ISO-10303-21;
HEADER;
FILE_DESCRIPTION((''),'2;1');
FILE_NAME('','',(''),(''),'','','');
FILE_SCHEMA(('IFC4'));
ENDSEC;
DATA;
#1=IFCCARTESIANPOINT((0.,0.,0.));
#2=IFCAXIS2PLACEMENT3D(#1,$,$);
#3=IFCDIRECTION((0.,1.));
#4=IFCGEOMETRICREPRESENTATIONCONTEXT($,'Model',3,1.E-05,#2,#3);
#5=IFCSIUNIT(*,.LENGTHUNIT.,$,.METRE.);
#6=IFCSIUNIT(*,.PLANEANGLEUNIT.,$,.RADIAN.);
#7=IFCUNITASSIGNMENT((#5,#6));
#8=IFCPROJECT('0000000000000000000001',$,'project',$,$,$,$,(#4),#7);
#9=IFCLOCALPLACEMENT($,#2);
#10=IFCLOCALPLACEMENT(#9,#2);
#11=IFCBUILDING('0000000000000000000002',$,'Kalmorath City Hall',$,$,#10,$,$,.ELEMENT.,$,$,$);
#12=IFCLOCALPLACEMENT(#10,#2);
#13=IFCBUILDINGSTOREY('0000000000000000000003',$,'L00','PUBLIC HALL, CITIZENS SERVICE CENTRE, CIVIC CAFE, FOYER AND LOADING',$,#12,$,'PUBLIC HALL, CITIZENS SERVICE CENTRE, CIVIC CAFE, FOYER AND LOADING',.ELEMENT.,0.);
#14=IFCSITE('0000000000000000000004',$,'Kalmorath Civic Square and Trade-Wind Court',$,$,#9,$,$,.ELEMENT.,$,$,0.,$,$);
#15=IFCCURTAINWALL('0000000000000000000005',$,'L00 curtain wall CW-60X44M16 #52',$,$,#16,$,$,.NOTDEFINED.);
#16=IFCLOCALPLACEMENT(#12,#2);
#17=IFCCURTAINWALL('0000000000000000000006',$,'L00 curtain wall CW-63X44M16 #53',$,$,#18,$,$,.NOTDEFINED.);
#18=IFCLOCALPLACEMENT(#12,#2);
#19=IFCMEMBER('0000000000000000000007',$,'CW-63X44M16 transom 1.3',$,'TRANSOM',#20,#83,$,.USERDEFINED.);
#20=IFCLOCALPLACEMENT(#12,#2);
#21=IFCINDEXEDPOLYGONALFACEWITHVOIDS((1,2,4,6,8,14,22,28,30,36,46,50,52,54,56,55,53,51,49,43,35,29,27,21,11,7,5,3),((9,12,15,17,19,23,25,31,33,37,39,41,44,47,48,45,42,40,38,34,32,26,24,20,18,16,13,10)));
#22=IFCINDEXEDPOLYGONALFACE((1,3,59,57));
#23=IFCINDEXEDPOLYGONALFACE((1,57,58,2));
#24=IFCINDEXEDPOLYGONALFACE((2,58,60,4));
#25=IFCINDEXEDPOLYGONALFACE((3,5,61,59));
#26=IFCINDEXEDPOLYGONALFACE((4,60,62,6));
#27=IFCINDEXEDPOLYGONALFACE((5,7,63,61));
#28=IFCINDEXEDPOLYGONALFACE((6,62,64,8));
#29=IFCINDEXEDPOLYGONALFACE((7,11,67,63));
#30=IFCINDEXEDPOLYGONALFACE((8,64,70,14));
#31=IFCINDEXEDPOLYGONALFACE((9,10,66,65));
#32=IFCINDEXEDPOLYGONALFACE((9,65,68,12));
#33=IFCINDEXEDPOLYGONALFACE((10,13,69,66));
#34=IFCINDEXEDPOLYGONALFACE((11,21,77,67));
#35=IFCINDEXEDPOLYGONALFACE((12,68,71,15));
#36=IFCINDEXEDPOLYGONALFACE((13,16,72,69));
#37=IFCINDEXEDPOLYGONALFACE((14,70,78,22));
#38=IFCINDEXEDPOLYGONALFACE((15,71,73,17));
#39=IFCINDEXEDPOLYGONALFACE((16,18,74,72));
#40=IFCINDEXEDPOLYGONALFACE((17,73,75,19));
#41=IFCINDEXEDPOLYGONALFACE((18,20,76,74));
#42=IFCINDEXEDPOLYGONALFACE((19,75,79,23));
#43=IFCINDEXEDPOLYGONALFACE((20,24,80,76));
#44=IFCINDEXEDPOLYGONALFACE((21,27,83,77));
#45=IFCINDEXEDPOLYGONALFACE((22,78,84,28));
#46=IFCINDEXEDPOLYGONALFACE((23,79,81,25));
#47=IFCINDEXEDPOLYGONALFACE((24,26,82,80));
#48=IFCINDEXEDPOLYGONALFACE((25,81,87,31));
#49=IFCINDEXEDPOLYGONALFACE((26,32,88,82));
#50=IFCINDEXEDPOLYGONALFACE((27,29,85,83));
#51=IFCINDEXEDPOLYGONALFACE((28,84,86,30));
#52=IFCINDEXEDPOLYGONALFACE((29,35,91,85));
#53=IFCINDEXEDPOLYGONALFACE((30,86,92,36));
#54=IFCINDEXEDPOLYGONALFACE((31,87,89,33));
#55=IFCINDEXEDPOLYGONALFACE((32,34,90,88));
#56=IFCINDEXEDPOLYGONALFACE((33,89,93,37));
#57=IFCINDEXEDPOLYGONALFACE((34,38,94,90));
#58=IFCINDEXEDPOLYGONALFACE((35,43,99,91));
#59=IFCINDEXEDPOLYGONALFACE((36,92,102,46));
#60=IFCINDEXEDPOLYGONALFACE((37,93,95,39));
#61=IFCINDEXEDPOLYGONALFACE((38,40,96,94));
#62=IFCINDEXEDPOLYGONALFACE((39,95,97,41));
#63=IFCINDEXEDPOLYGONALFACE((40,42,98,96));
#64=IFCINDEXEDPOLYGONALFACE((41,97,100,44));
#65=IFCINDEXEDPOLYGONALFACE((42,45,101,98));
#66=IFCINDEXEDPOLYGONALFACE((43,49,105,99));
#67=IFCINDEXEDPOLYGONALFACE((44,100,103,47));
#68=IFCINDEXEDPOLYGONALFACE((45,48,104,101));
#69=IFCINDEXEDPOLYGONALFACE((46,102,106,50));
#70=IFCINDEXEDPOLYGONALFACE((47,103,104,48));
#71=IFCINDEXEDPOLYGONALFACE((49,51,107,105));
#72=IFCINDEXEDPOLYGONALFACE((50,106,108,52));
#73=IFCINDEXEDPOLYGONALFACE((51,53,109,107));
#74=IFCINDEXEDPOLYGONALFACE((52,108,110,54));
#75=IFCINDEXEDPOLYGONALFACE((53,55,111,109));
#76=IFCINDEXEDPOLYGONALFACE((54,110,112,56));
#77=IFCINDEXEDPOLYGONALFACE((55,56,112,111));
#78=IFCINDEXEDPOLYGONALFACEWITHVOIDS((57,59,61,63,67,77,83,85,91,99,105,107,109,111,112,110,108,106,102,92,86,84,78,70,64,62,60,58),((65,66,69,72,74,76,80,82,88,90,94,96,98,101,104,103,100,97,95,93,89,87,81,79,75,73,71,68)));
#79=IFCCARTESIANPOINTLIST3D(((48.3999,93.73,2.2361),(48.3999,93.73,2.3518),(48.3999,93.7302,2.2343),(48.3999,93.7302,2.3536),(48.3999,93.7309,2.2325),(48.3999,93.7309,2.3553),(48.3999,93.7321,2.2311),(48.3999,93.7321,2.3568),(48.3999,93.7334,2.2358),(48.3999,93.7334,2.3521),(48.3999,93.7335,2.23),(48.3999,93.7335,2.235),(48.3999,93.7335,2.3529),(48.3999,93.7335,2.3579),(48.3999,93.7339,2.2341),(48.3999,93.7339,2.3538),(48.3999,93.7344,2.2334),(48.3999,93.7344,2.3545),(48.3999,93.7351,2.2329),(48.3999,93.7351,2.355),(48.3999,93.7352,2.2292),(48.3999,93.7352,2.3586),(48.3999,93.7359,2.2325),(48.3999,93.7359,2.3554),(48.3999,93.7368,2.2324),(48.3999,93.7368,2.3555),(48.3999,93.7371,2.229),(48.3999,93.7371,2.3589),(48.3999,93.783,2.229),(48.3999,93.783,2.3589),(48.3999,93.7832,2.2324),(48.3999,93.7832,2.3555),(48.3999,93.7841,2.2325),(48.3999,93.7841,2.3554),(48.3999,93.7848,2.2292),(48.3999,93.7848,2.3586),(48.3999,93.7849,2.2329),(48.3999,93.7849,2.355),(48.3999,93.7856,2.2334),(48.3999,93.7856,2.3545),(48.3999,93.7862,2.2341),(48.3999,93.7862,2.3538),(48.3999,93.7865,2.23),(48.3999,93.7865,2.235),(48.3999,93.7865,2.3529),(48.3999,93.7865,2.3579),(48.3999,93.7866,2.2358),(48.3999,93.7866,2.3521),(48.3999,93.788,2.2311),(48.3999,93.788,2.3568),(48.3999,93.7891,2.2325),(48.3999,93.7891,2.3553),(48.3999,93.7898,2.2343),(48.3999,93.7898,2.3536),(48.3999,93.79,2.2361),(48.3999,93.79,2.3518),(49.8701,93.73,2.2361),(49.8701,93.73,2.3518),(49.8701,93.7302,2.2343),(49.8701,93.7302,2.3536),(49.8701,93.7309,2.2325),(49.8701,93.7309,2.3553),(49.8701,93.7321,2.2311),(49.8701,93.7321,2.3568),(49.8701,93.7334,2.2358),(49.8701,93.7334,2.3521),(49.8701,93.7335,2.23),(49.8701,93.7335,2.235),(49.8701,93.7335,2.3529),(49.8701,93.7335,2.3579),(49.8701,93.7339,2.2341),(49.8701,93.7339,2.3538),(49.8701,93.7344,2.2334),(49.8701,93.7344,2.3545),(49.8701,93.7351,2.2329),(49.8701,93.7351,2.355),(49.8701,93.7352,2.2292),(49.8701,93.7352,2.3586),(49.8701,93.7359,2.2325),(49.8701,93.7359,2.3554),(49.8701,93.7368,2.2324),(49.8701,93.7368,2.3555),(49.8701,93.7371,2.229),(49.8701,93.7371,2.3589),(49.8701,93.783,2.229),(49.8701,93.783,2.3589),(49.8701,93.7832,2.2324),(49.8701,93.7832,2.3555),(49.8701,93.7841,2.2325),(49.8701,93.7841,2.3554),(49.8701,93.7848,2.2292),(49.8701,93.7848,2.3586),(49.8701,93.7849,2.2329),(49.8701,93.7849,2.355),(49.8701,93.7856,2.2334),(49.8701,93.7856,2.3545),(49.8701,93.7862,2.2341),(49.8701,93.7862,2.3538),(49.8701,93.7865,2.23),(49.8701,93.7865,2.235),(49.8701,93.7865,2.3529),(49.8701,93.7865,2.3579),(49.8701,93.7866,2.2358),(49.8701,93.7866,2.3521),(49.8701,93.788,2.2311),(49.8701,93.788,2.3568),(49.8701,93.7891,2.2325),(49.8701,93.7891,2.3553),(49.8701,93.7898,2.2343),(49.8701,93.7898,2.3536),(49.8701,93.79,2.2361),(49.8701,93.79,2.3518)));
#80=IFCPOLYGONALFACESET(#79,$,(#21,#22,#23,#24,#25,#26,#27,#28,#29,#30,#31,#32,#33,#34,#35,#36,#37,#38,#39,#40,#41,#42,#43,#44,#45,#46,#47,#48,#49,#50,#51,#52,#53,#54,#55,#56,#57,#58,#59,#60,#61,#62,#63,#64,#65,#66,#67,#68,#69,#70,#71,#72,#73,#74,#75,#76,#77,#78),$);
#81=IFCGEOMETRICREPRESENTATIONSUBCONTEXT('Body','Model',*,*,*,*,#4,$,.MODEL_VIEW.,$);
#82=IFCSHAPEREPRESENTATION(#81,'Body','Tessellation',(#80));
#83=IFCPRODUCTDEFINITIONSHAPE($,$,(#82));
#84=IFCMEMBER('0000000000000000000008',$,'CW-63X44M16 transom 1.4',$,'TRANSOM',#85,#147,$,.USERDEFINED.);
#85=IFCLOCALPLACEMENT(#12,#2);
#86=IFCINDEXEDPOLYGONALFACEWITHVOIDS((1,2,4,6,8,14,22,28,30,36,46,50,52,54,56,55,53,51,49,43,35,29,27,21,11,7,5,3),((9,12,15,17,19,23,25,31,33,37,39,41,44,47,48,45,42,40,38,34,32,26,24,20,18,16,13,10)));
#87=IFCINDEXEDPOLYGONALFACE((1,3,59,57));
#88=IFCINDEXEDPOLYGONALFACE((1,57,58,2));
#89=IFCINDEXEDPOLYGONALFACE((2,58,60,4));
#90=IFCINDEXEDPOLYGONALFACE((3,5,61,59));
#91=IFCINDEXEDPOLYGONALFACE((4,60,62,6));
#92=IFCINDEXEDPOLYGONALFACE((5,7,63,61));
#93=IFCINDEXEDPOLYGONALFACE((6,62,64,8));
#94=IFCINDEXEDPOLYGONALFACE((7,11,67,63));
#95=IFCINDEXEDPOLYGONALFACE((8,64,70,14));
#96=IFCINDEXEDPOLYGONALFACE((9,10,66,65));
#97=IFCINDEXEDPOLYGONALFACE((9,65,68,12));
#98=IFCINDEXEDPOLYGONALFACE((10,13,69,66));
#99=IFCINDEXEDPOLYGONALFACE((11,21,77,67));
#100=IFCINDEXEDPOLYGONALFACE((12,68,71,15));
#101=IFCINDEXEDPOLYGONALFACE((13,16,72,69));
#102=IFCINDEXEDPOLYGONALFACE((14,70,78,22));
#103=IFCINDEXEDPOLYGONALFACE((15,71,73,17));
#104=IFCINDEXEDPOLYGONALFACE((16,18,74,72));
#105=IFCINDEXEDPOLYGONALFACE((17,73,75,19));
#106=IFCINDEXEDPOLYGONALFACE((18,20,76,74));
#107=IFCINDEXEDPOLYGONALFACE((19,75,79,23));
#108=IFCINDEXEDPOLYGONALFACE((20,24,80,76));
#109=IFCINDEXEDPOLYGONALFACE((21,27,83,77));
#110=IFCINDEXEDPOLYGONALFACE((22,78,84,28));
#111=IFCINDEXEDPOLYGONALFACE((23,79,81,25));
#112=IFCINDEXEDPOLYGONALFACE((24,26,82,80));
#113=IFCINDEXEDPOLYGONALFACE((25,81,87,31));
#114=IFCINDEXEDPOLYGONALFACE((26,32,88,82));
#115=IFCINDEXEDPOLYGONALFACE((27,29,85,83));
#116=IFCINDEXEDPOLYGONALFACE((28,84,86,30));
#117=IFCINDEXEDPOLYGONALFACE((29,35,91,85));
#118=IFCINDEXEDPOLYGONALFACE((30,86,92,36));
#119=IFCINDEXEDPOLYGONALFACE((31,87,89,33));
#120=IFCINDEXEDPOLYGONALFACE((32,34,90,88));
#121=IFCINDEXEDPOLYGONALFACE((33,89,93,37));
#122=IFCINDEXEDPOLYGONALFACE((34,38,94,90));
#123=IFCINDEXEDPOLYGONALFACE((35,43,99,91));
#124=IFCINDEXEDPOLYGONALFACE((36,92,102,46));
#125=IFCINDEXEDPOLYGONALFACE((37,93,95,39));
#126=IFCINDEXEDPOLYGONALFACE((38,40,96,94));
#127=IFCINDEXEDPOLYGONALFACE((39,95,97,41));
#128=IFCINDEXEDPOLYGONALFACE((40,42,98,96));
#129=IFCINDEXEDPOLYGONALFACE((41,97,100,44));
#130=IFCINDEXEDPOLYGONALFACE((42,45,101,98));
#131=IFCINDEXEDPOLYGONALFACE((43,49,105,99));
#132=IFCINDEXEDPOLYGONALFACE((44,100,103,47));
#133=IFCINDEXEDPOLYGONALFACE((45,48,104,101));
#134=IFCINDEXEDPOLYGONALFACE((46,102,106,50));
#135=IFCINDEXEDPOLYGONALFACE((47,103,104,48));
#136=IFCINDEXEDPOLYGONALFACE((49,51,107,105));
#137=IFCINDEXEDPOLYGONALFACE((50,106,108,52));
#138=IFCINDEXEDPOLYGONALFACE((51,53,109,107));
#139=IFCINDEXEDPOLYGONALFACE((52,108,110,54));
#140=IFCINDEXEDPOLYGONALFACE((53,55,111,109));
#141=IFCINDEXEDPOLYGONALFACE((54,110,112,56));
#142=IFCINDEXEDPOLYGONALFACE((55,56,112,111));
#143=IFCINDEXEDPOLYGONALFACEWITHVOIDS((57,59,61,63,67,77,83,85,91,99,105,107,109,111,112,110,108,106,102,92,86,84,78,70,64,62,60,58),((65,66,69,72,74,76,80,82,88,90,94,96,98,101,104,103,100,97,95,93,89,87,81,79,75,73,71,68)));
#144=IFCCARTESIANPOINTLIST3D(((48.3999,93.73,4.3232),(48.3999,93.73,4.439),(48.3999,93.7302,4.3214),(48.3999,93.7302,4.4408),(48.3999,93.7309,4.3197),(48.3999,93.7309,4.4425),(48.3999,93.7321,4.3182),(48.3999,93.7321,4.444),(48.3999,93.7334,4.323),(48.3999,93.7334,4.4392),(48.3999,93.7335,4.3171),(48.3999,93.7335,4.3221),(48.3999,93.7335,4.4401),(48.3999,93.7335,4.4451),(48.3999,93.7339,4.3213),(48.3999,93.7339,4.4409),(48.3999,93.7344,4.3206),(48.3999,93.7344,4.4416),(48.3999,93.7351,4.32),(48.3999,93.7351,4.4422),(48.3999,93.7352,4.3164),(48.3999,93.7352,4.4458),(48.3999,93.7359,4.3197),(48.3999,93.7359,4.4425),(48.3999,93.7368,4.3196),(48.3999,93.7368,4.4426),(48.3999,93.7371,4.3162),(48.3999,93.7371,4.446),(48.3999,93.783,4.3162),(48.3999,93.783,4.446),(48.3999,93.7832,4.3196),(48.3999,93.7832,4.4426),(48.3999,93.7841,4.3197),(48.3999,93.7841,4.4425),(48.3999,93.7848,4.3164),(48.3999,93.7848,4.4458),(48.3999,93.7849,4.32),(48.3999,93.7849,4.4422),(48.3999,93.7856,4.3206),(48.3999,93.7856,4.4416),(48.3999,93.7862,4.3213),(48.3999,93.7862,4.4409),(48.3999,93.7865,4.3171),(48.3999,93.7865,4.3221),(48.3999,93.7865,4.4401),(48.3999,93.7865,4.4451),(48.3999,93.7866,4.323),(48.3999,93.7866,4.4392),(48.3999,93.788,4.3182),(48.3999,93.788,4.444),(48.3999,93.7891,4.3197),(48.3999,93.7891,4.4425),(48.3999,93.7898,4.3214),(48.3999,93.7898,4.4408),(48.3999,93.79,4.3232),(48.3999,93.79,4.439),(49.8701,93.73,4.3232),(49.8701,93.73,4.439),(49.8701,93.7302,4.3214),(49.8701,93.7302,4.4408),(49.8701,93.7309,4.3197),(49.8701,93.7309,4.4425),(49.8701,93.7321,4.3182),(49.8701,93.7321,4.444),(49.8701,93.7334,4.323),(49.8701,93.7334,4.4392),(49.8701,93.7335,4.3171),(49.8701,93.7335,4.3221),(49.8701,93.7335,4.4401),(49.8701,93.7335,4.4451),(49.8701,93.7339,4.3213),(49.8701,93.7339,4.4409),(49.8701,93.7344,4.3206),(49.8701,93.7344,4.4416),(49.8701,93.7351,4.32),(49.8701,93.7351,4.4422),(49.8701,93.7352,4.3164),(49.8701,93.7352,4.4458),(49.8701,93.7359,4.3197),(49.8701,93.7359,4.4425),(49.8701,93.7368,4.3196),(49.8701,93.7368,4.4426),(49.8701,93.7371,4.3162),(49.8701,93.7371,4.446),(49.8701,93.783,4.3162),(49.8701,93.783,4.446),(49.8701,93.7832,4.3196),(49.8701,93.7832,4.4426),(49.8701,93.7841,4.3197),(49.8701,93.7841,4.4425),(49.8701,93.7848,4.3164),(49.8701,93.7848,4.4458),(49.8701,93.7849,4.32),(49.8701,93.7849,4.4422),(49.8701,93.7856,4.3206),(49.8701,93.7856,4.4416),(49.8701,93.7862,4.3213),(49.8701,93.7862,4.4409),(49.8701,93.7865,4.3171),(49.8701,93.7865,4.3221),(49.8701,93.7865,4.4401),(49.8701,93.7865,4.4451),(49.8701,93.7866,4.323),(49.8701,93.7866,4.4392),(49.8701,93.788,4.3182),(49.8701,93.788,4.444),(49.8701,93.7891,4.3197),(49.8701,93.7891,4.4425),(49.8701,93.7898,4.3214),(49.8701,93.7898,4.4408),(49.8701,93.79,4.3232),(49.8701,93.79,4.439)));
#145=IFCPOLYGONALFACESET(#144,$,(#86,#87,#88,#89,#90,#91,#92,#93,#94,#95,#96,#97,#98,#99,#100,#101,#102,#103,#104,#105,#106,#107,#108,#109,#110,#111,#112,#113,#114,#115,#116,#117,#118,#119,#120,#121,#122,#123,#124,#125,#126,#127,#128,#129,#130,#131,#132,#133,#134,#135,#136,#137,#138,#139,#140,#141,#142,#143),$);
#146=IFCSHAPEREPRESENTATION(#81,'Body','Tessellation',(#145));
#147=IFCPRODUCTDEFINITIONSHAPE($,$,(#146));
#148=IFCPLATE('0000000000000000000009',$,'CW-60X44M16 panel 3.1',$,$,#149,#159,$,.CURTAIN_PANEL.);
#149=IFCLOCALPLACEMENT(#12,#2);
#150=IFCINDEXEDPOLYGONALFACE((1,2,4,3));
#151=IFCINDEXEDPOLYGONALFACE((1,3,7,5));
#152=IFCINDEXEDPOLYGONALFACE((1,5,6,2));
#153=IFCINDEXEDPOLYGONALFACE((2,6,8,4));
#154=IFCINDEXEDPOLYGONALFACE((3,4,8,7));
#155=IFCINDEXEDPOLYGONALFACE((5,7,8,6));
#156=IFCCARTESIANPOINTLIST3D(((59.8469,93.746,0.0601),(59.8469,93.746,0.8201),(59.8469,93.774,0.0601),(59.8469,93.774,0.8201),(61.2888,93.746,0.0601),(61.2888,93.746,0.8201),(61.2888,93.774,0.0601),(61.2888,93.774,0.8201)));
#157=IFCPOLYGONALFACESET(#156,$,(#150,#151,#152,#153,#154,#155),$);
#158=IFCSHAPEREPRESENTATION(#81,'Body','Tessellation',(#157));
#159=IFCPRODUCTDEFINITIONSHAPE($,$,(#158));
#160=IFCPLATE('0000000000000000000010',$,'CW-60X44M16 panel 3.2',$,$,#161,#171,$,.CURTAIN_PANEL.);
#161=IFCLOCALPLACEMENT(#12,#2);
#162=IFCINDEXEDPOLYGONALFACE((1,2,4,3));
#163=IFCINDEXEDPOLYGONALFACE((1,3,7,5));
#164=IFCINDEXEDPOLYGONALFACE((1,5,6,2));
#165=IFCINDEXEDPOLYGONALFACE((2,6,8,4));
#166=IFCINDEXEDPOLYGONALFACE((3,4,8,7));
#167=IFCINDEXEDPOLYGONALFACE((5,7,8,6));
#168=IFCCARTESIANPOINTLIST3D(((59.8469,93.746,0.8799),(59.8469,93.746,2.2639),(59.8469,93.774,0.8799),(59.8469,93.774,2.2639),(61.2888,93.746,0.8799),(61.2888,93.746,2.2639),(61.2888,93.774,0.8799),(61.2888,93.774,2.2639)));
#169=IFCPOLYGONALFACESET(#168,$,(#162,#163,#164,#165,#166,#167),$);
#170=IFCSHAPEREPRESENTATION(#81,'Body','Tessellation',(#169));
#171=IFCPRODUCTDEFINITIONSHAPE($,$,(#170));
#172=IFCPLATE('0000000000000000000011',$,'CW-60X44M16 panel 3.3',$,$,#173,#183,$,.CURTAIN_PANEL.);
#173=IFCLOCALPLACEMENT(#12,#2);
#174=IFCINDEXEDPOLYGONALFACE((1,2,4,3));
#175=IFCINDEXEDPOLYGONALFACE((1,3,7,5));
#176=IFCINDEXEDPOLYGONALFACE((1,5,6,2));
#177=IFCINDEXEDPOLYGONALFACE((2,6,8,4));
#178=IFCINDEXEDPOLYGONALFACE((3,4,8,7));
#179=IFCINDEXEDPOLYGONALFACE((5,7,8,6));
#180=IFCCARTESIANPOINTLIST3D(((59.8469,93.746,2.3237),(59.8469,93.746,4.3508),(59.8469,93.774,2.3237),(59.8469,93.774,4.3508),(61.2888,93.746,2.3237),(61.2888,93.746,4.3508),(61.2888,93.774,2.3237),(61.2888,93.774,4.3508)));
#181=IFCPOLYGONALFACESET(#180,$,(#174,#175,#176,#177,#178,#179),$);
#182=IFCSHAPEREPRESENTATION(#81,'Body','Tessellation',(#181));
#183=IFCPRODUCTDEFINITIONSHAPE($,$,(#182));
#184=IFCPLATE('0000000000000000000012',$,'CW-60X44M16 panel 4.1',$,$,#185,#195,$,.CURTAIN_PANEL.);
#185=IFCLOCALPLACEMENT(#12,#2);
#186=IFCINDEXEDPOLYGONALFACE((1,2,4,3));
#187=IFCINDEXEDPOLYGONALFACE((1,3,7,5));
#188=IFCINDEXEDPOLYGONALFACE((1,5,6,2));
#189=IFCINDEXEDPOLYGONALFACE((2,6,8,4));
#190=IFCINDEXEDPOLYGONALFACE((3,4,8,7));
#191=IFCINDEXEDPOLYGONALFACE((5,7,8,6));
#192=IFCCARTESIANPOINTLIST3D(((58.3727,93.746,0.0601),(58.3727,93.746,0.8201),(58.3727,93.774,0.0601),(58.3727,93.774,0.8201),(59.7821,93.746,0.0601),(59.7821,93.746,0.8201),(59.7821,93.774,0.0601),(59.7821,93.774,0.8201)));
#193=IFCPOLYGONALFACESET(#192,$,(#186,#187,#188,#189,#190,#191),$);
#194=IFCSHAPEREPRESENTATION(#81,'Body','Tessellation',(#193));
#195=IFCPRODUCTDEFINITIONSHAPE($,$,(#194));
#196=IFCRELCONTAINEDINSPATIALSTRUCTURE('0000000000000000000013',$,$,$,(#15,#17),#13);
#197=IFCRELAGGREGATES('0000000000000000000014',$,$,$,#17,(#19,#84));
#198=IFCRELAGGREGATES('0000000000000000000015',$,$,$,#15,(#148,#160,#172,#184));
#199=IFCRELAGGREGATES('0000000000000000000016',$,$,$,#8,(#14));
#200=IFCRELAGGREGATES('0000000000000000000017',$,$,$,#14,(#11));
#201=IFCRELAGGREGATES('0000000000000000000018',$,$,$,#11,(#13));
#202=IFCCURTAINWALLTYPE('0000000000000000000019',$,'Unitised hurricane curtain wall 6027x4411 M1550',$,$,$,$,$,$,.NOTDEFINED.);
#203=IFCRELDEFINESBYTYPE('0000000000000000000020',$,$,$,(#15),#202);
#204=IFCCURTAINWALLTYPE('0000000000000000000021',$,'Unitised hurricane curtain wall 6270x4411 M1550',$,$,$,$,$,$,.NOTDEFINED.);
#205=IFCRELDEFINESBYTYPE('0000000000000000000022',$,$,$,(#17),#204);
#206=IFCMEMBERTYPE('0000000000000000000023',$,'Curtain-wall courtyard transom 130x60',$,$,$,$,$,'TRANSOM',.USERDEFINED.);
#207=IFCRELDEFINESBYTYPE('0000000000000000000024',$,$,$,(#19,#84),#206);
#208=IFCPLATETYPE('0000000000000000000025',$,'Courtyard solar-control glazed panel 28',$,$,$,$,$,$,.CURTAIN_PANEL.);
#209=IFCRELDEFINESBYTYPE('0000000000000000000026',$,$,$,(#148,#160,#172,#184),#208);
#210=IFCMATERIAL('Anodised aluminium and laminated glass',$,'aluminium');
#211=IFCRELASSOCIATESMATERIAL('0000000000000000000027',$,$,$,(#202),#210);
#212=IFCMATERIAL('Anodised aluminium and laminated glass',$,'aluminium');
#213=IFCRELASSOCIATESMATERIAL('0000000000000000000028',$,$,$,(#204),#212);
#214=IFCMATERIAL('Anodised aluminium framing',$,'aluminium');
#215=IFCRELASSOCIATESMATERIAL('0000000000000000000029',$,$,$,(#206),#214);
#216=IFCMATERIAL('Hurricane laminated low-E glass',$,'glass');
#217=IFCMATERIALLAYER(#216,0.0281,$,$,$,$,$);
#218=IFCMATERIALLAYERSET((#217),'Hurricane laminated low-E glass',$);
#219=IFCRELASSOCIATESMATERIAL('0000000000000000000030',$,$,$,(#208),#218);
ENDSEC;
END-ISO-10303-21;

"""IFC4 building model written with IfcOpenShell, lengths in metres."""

from ifc_helpers import new_model, si_unit, direction, frame, origin, origin_2d, place, context, subcontext, project, spatial, rectangle, hollow_rectangle, extrude, material, layer, layer_set, material_profile, profile_set, type_object, element, aggregate, save


model = new_model("IFC4")

# Units and contexts
model_context = context("Model", 3, precision=1e-05, world=origin(), true_north=direction((0.0, 1.0)))
body_context = subcontext(model_context, "Body", "Model", "MODEL_VIEW")
ifc_project = project(units=[si_unit("LENGTHUNIT", "METRE"), si_unit("PLANEANGLEUNIT", "RADIAN")], contexts=[model_context])

# Site, building, storey
site_placement = place(None, origin())
site = spatial("IfcSite", under=ifc_project, at=site_placement, Name="Kalmorath Civic Square and Trade-Wind Court", CompositionType="ELEMENT", RefElevation=0.0)
building_placement = place(site_placement, origin())
building = spatial("IfcBuilding", under=site, at=building_placement, Name="Kalmorath City Hall", CompositionType="ELEMENT")
storey_placement = place(building_placement, origin())
storey = spatial("IfcBuildingStorey", under=building, at=storey_placement, Name="L00", Description="PUBLIC HALL, CITIZENS SERVICE CENTRE, CIVIC CAFE, FOYER AND LOADING", LongName="PUBLIC HALL, CITIZENS SERVICE CENTRE, CIVIC CAFE, FOYER AND LOADING", CompositionType="ELEMENT", Elevation=0.0)

# Curtain wall
ifc_material_1 = material(Name="Anodised aluminium and laminated glass", Category="aluminium")
curtain_wall_type_1 = type_object("IfcCurtainWallType", Name="Unitised hurricane curtain wall 6027x4411 M1550", PredefinedType="NOTDEFINED", material=ifc_material_1)
curtain_wall_1_placement = place(storey_placement, origin())
curtain_wall_1 = element("IfcCurtainWall", 1, at=curtain_wall_1_placement, inside=storey, type_object=curtain_wall_type_1, Name="L00 curtain wall CW-60X44M16 #52", PredefinedType="NOTDEFINED")

# Curtain wall
ifc_material_2 = material(Name="Anodised aluminium and laminated glass", Category="aluminium")
curtain_wall_type_2 = type_object("IfcCurtainWallType", Name="Unitised hurricane curtain wall 6270x4411 M1550", PredefinedType="NOTDEFINED", material=ifc_material_2)
curtain_wall_2_placement = place(storey_placement, origin())
curtain_wall_2 = element("IfcCurtainWall", 2, at=curtain_wall_2_placement, inside=storey, type_object=curtain_wall_type_2, Name="L00 curtain wall CW-63X44M16 #53", PredefinedType="NOTDEFINED")

# Members
ifc_material_3 = material(Name="Anodised aluminium framing", Category="aluminium")
ifc_material_profile_1 = material_profile(ifc_material_3, hollow_rectangle(XDim=0.0601, YDim=0.1299, WallThickness=0.0034, InnerFilletRadius=0.0034, OuterFilletRadius=0.0071, at=origin_2d()), Name="ALU-TRN-130X60X3.5")
ifc_profile_set_1 = profile_set([ifc_material_profile_1], Name="Anodised aluminium framing")
member_type_1 = type_object("IfcMemberType", Name="Curtain-wall courtyard transom 130x60", ElementType="TRANSOM", PredefinedType="USERDEFINED", material=ifc_profile_set_1)
member_1_placement = place(storey_placement, frame((49.8701, 93.76, 2.2939), z_axis=(-1.0, 0.0, 0.0), x_axis=(0.0, -1.0, 0.0)))
member_1 = element("IfcMember", 3, at=member_1_placement, type_object=member_type_1, Name="CW-63X44M16 transom 1.3", ObjectType="TRANSOM", PredefinedType="USERDEFINED", context=body_context, shape_type="SweptSolid", body=[
    extrude(hollow_rectangle(XDim=0.0601, YDim=0.1299, WallThickness=0.0034, InnerFilletRadius=0.0034, OuterFilletRadius=0.0071, at=origin_2d()), origin(), (0.0, 0.0, 1.0), 1.4702),
])
member_2_placement = place(storey_placement, frame((49.8701, 93.76, 4.3811), z_axis=(-1.0, 0.0, 0.0), x_axis=(0.0, -1.0, 0.0)))
member_2 = element("IfcMember", 4, at=member_2_placement, type_object=member_type_1, Name="CW-63X44M16 transom 1.4", ObjectType="TRANSOM", PredefinedType="USERDEFINED", context=body_context, shape_type="SweptSolid", body=[
    extrude(hollow_rectangle(XDim=0.0601, YDim=0.1299, WallThickness=0.0034, InnerFilletRadius=0.0034, OuterFilletRadius=0.0071, at=origin_2d()), origin(), (0.0, 0.0, 1.0), 1.4702),
])
aggregate(curtain_wall_2, [member_1, member_2])

# Plates
ifc_material_4 = material(Name="Hurricane laminated low-E glass", Category="glass")
ifc_layer_1 = layer(ifc_material_4, 0.0281)
ifc_layer_set_1 = layer_set([ifc_layer_1], Name="Hurricane laminated low-E glass")
plate_type = type_object("IfcPlateType", Name="Courtyard solar-control glazed panel 28", PredefinedType="CURTAIN_PANEL", material=ifc_layer_set_1)
plate_1_placement = place(storey_placement, frame((60.5679, 93.76, 0.0601), z_axis=(0.0, 0.0, 1.0), x_axis=(-1.0, 0.0, 0.0)))
plate_1 = element("IfcPlate", 5, at=plate_1_placement, type_object=plate_type, Name="CW-60X44M16 panel 3.1", PredefinedType="CURTAIN_PANEL", context=body_context, shape_type="SweptSolid", body=[
    extrude(rectangle(XDim=1.4419, YDim=0.0281, at=origin_2d()), origin(), (0.0, 0.0, 1.0), 0.76),
])
plate_2_placement = place(storey_placement, frame((60.5679, 93.76, 0.8799), z_axis=(0.0, 0.0, 1.0), x_axis=(-1.0, 0.0, 0.0)))
plate_2 = element("IfcPlate", 6, at=plate_2_placement, type_object=plate_type, Name="CW-60X44M16 panel 3.2", PredefinedType="CURTAIN_PANEL", context=body_context, shape_type="SweptSolid", body=[
    extrude(rectangle(XDim=1.4419, YDim=0.0281, at=origin_2d()), origin(), (0.0, 0.0, 1.0), 1.384),
])
plate_3_placement = place(storey_placement, frame((60.5679, 93.76, 2.3237), z_axis=(0.0, 0.0, 1.0), x_axis=(-1.0, 0.0, 0.0)))
plate_3 = element("IfcPlate", 7, at=plate_3_placement, type_object=plate_type, Name="CW-60X44M16 panel 3.3", PredefinedType="CURTAIN_PANEL", context=body_context, shape_type="SweptSolid", body=[
    extrude(rectangle(XDim=1.4419, YDim=0.0281, at=origin_2d()), origin(), (0.0, 0.0, 1.0), 2.0271),
])
plate_4_placement = place(storey_placement, frame((59.0774, 93.76, 0.0601), z_axis=(0.0, 0.0, 1.0), x_axis=(-1.0, 0.0, 0.0)))
plate_4 = element("IfcPlate", 8, at=plate_4_placement, type_object=plate_type, Name="CW-60X44M16 panel 4.1", PredefinedType="CURTAIN_PANEL", context=body_context, shape_type="SweptSolid", body=[
    extrude(rectangle(XDim=1.4094, YDim=0.0281, at=origin_2d()), origin(), (0.0, 0.0, 1.0), 0.76),
])
aggregate(curtain_wall_1, [plate_1, plate_2, plate_3, plate_4])

save(model, "model.ifc")
